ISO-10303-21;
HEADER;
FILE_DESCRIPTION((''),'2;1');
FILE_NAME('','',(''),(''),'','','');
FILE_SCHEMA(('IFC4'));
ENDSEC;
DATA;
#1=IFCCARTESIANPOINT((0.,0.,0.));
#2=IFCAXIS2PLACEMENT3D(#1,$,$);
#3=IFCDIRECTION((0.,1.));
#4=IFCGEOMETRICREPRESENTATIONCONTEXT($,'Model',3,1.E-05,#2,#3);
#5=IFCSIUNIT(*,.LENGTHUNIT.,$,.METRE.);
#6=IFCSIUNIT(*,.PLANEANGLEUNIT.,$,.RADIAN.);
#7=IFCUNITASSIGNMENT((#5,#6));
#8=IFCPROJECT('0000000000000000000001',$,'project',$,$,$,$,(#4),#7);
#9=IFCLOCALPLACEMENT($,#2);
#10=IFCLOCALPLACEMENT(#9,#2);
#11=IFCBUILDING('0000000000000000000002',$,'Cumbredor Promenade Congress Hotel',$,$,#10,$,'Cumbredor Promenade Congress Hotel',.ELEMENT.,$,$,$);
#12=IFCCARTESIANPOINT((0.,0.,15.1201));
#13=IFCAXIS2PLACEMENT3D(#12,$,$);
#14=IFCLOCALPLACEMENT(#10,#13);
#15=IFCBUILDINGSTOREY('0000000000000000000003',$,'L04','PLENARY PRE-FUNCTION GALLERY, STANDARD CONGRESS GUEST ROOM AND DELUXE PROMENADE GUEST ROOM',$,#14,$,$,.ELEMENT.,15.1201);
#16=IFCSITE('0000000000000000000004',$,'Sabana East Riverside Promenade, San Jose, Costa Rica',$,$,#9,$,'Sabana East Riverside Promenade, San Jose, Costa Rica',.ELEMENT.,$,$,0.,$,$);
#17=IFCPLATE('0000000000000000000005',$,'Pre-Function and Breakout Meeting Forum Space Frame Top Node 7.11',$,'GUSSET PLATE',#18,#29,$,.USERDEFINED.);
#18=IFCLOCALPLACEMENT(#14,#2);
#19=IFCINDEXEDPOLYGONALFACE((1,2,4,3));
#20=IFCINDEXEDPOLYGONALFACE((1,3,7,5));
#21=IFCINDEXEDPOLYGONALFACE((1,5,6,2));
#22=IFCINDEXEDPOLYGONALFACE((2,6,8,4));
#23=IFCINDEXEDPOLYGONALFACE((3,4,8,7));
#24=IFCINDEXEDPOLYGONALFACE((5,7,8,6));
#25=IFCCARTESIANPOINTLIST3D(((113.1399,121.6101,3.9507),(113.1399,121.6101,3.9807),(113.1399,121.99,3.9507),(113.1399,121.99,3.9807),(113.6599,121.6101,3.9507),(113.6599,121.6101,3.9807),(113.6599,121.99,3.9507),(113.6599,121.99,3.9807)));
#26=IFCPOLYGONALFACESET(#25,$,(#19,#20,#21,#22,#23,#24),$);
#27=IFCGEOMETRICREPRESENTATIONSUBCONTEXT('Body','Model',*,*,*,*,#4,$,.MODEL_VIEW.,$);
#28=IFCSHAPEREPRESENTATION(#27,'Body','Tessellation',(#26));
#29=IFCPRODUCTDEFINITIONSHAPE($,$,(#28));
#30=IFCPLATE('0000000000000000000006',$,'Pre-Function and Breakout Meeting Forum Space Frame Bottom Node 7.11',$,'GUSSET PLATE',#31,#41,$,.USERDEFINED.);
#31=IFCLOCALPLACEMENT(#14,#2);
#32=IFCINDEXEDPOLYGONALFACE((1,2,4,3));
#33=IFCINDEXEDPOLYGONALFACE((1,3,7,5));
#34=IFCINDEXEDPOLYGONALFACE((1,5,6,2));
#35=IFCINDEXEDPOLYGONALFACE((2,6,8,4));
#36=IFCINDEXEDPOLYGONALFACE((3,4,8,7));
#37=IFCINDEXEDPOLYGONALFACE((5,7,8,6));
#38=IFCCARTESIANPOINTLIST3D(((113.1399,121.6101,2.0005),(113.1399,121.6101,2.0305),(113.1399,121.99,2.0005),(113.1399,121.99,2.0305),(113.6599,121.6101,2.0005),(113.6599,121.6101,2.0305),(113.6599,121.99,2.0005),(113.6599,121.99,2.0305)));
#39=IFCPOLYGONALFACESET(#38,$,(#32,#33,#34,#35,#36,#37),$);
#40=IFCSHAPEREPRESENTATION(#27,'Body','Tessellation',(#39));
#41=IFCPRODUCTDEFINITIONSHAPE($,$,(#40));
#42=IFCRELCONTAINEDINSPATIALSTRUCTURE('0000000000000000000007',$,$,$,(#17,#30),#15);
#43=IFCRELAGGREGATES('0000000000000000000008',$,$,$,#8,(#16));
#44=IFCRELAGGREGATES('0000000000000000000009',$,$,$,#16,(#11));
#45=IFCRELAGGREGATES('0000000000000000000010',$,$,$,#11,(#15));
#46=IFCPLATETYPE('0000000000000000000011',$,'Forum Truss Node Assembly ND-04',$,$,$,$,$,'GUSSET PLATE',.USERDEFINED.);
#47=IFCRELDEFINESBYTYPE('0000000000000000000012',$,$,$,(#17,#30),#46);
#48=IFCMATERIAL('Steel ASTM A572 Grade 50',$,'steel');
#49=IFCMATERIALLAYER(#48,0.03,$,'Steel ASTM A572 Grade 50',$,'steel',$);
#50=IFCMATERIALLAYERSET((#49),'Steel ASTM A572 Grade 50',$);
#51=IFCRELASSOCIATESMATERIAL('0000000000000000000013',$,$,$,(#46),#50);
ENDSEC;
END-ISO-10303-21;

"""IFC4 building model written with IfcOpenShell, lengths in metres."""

from ifc_helpers import new_model, si_unit, direction, frame, origin, origin_2d, place, context, subcontext, project, spatial, rectangle, extrude, material, layer, layer_set, type_object, element, save


model = new_model("IFC4")

# Units and contexts
model_context = context("Model", 3, precision=1e-05, world=origin(), true_north=direction((0.0, 1.0)))
body_context = subcontext(model_context, "Body", "Model", "MODEL_VIEW")
ifc_project = project(units=[si_unit("LENGTHUNIT", "METRE"), si_unit("PLANEANGLEUNIT", "RADIAN")], contexts=[model_context])

# Site, building, storey
site_placement = place(None, origin())
site = spatial("IfcSite", under=ifc_project, at=site_placement, Name="Sabana East Riverside Promenade, San Jose, Costa Rica", LongName="Sabana East Riverside Promenade, San Jose, Costa Rica", CompositionType="ELEMENT", RefElevation=0.0)
building_placement = place(site_placement, origin())
building = spatial("IfcBuilding", under=site, at=building_placement, Name="Cumbredor Promenade Congress Hotel", LongName="Cumbredor Promenade Congress Hotel", CompositionType="ELEMENT")
storey_placement = place(building_placement, frame((0.0, 0.0, 15.1201)))
storey = spatial("IfcBuildingStorey", under=building, at=storey_placement, Name="L04", Description="PLENARY PRE-FUNCTION GALLERY, STANDARD CONGRESS GUEST ROOM AND DELUXE PROMENADE GUEST ROOM", CompositionType="ELEMENT", Elevation=15.1201)

# Plates
ifc_material_1 = material(Name="Steel ASTM A572 Grade 50", Category="steel")
ifc_layer_1 = layer(ifc_material_1, 0.03, Name="Steel ASTM A572 Grade 50", Category="steel")
ifc_layer_set_1 = layer_set([ifc_layer_1], Name="Steel ASTM A572 Grade 50")
plate_type_1 = type_object("IfcPlateType", Name="Forum Truss Node Assembly ND-04", ElementType="GUSSET PLATE", PredefinedType="USERDEFINED", material=ifc_layer_set_1)
for number, where, z_axis, x_axis, name in (
    (1, (113.3999, 121.8, 3.9507), (0.0, 0.0, 1.0), (1.0, 0.0, 0.0), "Pre-Function and Breakout Meeting Forum Space Frame Top Node 7.11"),
    (2, (113.3999, 121.8, 2.0005), (0.0, 0.0, 1.0), (1.0, 0.0, 0.0), "Pre-Function and Breakout Meeting Forum Space Frame Bottom Node 7.11"),
):
    element("IfcPlate", number, at=place(storey_placement, frame(where, z_axis=z_axis, x_axis=x_axis)), inside=storey, type_object=plate_type_1, Name=name, ObjectType="GUSSET PLATE", PredefinedType="USERDEFINED", context=body_context, shape_type="SweptSolid", body=[
        extrude(rectangle(XDim=0.52, YDim=0.3799, at=origin_2d()), origin(), (0.0, 0.0, 1.0), 0.03),
    ])

save(model, "model.ifc")
